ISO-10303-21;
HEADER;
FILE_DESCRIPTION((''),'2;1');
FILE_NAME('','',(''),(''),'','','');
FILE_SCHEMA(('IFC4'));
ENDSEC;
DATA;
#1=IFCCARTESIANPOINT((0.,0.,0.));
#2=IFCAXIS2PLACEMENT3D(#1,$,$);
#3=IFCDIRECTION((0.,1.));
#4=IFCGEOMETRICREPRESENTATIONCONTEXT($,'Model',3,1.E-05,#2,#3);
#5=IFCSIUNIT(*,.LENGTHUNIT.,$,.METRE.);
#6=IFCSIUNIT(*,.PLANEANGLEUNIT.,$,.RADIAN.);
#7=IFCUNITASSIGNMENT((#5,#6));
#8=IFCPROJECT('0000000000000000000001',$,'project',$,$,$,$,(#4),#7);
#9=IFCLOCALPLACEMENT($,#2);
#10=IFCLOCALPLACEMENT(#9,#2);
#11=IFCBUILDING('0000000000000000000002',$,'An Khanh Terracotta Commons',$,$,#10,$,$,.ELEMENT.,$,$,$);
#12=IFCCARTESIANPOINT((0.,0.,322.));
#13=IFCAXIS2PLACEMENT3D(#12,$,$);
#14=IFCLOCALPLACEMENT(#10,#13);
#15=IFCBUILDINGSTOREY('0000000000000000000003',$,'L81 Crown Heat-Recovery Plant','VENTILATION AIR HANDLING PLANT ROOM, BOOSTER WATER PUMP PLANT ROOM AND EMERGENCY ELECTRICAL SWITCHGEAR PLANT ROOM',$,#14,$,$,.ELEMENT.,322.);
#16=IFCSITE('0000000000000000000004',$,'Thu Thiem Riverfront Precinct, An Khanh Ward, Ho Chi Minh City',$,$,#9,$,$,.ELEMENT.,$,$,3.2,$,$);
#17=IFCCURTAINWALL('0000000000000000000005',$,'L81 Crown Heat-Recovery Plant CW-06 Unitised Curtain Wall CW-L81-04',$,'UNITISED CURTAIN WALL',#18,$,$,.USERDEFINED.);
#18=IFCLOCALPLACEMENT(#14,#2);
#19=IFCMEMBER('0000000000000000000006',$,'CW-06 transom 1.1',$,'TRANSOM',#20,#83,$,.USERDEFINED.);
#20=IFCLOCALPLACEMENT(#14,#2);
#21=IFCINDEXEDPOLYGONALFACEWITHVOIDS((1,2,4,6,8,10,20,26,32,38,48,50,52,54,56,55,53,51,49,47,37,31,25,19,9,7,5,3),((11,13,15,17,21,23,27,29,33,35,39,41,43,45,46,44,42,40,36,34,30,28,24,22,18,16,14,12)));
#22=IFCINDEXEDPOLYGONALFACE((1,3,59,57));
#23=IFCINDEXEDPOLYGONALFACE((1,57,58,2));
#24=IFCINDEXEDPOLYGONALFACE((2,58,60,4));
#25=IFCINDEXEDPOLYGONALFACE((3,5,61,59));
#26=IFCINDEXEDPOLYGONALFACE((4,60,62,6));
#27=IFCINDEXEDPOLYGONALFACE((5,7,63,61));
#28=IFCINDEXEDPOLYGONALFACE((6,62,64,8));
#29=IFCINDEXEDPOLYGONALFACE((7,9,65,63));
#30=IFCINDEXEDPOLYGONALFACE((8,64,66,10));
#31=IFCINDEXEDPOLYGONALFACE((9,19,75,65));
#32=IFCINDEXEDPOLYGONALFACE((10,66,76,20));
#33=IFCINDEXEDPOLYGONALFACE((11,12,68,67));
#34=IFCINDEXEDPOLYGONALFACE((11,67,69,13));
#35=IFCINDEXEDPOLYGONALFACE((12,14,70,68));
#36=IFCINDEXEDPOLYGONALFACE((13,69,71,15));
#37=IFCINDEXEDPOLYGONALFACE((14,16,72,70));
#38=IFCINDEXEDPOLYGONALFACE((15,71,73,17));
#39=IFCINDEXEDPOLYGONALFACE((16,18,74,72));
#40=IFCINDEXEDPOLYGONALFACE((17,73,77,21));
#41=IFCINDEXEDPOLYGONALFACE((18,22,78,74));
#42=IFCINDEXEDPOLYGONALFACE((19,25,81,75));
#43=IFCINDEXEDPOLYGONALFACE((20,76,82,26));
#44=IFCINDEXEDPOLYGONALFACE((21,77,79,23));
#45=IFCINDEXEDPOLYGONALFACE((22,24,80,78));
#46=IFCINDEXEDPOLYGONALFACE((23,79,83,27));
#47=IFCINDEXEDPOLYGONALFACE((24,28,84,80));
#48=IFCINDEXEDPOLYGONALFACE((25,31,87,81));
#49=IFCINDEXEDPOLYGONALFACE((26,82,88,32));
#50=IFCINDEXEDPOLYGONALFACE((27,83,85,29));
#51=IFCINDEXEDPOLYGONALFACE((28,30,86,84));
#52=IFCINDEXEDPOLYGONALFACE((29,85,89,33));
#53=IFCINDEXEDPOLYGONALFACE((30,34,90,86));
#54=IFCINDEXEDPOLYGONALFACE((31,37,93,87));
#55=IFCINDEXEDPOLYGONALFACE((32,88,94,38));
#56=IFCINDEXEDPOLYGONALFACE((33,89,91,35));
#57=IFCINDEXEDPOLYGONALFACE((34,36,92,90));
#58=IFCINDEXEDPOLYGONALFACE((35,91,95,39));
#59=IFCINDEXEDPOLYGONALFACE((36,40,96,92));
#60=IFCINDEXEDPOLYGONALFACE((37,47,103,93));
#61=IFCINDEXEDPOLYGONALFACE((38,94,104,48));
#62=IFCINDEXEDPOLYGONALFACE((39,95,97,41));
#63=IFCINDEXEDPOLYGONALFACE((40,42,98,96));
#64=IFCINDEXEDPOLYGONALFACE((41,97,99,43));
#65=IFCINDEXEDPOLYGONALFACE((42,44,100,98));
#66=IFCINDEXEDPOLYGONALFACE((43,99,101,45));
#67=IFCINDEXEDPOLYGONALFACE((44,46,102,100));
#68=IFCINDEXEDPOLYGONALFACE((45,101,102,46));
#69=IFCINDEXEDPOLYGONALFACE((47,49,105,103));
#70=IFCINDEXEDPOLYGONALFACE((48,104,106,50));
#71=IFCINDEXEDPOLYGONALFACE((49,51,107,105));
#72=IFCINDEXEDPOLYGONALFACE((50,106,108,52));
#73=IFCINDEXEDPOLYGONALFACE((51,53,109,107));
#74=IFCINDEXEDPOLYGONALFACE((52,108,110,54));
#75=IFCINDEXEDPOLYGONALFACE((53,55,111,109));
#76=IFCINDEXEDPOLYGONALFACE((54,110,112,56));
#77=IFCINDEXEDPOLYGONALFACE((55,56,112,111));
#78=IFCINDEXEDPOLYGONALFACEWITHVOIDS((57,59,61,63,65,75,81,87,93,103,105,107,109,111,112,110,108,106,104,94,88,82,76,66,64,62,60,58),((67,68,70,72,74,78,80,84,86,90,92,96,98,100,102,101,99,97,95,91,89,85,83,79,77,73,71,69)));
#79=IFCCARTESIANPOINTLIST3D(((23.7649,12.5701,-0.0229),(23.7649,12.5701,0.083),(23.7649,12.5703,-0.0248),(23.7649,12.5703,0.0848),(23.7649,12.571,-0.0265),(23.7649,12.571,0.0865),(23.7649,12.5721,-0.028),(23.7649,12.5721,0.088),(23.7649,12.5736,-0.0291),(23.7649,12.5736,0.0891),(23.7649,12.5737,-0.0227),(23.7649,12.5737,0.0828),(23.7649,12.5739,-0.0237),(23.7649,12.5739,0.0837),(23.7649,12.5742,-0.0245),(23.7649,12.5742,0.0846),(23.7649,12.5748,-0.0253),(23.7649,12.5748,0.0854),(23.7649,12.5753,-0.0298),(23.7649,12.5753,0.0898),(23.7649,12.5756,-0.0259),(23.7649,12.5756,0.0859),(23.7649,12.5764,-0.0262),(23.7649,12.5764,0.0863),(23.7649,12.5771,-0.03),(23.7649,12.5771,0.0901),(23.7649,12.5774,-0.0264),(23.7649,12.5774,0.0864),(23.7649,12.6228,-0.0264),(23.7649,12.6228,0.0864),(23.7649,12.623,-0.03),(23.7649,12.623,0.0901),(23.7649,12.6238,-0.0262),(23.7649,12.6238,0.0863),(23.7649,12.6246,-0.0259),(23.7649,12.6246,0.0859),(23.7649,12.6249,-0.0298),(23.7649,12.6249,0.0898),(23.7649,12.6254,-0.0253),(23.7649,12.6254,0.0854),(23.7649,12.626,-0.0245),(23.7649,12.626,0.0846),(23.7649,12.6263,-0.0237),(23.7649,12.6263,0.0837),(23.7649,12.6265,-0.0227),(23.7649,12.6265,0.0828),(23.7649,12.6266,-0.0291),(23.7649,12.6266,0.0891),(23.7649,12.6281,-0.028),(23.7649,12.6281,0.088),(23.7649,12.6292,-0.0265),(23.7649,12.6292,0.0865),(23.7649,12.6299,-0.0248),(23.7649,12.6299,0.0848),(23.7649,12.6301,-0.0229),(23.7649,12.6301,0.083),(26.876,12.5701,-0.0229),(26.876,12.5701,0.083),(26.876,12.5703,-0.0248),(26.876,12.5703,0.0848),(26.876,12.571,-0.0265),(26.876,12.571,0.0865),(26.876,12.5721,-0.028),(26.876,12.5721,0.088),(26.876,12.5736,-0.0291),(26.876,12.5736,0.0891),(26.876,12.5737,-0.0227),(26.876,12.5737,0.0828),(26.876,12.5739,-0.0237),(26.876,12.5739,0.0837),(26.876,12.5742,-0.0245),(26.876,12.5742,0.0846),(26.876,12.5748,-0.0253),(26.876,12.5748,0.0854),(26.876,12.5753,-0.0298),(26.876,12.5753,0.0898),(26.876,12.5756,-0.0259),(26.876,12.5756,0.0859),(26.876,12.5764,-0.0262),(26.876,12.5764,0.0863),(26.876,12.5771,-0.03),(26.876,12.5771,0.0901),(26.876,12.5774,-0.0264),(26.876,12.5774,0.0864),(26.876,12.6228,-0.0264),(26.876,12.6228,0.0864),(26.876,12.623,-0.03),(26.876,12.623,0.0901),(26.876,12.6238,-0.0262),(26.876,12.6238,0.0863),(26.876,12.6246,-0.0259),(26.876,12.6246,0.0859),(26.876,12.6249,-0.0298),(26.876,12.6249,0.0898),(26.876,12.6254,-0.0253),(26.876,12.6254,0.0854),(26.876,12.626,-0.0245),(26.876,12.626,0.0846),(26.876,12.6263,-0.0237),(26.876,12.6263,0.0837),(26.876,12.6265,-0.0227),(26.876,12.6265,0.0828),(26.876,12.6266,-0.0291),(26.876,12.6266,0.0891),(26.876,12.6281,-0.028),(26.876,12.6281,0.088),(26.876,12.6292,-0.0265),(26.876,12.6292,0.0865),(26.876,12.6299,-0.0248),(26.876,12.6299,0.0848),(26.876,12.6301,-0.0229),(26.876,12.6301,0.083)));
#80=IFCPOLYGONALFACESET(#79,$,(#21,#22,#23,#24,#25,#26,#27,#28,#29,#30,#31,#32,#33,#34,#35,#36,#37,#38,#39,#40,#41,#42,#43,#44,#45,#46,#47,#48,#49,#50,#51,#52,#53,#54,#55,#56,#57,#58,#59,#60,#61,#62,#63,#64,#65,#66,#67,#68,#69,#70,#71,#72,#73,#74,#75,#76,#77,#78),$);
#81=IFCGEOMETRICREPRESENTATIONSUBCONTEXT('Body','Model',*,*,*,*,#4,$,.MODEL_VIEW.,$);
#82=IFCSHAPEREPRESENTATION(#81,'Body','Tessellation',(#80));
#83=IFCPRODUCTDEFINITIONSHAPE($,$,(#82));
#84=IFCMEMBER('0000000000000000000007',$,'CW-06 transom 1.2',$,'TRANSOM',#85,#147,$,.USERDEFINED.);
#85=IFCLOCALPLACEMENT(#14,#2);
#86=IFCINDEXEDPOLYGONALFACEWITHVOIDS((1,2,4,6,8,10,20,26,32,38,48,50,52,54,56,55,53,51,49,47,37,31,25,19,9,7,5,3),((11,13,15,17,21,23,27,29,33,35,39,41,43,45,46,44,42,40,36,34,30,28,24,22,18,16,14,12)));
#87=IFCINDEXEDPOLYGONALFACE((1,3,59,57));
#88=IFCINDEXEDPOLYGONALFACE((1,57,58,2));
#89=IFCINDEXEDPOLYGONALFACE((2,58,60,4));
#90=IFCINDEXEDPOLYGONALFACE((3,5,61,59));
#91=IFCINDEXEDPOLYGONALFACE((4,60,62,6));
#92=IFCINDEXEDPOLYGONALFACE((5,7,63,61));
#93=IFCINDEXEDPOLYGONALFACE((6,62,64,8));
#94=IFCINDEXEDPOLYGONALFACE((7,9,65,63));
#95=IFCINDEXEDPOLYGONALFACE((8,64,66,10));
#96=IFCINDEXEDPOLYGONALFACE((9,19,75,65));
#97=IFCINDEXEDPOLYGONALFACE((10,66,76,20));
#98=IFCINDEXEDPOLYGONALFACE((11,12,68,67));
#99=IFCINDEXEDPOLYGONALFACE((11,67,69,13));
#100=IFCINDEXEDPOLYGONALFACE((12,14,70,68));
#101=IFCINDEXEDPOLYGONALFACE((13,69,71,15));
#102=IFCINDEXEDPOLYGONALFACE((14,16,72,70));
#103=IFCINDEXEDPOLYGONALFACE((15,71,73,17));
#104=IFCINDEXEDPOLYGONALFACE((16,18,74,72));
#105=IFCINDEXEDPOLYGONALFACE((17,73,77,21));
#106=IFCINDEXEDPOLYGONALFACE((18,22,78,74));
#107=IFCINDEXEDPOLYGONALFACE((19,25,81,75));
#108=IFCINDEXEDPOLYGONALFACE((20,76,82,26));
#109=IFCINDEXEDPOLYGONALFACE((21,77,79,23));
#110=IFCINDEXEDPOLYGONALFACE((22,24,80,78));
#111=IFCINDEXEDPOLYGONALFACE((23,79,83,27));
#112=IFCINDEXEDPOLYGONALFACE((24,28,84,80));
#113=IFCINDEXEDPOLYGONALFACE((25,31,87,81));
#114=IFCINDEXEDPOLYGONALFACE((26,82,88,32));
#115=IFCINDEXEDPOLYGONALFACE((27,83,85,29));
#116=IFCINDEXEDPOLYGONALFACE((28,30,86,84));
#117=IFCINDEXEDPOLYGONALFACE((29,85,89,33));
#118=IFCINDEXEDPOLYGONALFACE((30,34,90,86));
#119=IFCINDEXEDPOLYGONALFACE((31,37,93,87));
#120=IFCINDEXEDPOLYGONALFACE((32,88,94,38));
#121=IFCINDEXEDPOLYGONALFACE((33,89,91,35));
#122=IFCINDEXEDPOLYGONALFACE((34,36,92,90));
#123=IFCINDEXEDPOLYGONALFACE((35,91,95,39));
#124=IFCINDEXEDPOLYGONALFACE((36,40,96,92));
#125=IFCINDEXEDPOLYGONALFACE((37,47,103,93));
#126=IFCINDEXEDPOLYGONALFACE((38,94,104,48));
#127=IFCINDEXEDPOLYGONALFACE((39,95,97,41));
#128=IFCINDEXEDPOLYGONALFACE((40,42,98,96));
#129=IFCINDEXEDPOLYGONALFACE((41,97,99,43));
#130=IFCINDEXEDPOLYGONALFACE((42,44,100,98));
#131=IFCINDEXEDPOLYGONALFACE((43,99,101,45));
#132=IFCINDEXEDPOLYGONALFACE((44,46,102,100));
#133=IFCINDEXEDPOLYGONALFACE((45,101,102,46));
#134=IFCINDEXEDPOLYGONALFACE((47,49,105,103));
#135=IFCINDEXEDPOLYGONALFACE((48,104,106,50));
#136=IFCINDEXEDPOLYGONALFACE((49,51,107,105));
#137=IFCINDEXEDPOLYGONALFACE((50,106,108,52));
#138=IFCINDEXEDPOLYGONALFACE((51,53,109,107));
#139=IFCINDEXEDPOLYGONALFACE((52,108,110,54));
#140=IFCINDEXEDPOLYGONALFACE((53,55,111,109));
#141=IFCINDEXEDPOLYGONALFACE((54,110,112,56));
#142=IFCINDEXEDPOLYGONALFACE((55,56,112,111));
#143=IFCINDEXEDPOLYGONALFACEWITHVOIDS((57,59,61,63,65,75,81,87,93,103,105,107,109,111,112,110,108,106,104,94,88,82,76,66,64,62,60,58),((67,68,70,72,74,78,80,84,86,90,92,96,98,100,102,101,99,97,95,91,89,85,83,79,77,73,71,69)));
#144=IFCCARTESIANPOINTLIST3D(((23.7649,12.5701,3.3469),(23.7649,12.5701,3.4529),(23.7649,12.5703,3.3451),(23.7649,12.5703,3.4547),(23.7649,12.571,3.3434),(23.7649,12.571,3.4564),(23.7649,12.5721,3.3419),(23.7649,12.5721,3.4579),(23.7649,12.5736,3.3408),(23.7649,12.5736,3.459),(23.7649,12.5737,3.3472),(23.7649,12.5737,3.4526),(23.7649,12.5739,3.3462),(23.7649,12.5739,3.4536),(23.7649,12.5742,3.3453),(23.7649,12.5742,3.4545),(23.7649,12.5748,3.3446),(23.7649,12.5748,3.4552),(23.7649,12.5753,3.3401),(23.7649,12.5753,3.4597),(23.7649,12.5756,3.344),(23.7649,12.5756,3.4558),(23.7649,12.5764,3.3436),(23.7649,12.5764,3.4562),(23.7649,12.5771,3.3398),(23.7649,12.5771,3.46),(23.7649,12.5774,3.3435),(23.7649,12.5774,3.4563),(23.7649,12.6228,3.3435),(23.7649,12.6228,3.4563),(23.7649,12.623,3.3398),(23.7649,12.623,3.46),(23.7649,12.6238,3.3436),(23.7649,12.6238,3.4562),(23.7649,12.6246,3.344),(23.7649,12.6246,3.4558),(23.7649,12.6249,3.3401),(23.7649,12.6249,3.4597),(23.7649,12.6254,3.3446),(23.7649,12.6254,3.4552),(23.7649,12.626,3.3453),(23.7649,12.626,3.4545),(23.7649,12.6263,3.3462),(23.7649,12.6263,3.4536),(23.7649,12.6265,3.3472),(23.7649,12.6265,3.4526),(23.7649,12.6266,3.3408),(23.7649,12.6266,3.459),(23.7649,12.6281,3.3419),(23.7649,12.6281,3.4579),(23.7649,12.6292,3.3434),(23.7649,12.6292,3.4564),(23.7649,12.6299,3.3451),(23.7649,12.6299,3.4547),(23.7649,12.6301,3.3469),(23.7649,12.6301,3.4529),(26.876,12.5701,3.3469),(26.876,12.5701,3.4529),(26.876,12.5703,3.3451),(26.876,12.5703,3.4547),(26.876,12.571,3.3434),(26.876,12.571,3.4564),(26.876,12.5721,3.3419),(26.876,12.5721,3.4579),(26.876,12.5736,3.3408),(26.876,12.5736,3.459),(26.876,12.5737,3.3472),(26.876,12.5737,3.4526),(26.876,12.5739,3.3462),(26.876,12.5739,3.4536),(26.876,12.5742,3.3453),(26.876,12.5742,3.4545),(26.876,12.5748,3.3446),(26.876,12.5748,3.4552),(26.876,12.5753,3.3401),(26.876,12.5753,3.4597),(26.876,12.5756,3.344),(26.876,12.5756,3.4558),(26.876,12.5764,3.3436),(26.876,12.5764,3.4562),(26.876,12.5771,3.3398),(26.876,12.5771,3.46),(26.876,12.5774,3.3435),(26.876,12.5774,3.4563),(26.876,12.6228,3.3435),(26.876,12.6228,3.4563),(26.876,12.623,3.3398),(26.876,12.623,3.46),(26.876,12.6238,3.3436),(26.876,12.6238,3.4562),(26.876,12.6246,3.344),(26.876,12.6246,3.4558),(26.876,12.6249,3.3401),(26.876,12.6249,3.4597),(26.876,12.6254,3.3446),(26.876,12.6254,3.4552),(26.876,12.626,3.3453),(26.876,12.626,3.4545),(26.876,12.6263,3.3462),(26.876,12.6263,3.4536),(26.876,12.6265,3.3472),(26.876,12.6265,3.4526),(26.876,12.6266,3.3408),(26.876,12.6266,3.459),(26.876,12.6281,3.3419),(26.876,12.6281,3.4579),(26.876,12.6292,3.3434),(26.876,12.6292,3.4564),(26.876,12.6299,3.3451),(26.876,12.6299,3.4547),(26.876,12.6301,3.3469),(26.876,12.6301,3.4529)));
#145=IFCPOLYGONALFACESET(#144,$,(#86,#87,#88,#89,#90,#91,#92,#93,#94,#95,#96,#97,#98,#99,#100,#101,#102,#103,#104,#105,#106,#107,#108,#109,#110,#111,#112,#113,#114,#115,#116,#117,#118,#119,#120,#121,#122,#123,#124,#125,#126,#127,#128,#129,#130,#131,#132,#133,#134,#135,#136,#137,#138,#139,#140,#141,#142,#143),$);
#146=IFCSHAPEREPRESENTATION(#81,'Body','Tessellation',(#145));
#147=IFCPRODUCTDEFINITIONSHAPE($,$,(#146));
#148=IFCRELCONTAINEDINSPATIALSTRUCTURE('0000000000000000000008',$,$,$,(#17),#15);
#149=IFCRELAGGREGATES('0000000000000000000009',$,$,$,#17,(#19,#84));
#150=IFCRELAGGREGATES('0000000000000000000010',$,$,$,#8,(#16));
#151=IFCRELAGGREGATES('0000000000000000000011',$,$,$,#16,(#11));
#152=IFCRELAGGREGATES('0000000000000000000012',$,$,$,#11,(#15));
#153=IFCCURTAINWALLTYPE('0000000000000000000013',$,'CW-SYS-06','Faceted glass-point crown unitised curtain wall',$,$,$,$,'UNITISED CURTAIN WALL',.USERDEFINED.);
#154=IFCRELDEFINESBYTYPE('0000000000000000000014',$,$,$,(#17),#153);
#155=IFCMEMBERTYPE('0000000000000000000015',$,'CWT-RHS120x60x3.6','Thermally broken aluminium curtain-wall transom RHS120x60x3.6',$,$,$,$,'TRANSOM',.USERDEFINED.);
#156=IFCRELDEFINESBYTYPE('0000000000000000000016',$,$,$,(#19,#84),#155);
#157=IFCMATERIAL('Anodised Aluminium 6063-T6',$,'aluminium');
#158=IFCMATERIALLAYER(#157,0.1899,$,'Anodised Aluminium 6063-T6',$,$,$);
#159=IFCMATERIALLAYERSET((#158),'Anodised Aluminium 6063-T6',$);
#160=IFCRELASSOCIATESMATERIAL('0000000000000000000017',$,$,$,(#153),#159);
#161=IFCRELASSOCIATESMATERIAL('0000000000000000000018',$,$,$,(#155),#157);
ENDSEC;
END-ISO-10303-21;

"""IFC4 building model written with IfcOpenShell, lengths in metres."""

from ifc_helpers import new_model, si_unit, direction, frame, origin, origin_2d, place, context, subcontext, project, spatial, hollow_rectangle, extrude, material, layer, layer_set, material_profile, profile_set, type_object, element, aggregate, save


model = new_model("IFC4")

# Units and contexts
model_context = context("Model", 3, precision=1e-05, world=origin(), true_north=direction((0.0, 1.0)))
body_context = subcontext(model_context, "Body", "Model", "MODEL_VIEW")
ifc_project = project(units=[si_unit("LENGTHUNIT", "METRE"), si_unit("PLANEANGLEUNIT", "RADIAN")], contexts=[model_context])

# Site, building, storey
site_placement = place(None, origin())
site = spatial("IfcSite", under=ifc_project, at=site_placement, Name="Thu Thiem Riverfront Precinct, An Khanh Ward, Ho Chi Minh City", CompositionType="ELEMENT", RefElevation=3.2)
building_placement = place(site_placement, origin())
building = spatial("IfcBuilding", under=site, at=building_placement, Name="An Khanh Terracotta Commons", CompositionType="ELEMENT")
storey_placement = place(building_placement, frame((0.0, 0.0, 322.0)))
storey = spatial("IfcBuildingStorey", under=building, at=storey_placement, Name="L81 Crown Heat-Recovery Plant", Description="VENTILATION AIR HANDLING PLANT ROOM, BOOSTER WATER PUMP PLANT ROOM AND EMERGENCY ELECTRICAL SWITCHGEAR PLANT ROOM", CompositionType="ELEMENT", Elevation=322.0)

# Curtain wall
ifc_material_1 = material(Name="Anodised Aluminium 6063-T6", Category="aluminium")
ifc_layer_1 = layer(ifc_material_1, 0.1899, Name="Anodised Aluminium 6063-T6")
ifc_layer_set_1 = layer_set([ifc_layer_1], Name="Anodised Aluminium 6063-T6")
curtain_wall_type = type_object("IfcCurtainWallType", Name="CW-SYS-06", Description="Faceted glass-point crown unitised curtain wall", ElementType="UNITISED CURTAIN WALL", PredefinedType="USERDEFINED", material=ifc_layer_set_1)
curtain_wall_1_placement = place(storey_placement, origin())
curtain_wall_1 = element("IfcCurtainWall", 1, at=curtain_wall_1_placement, inside=storey, type_object=curtain_wall_type, Name="L81 Crown Heat-Recovery Plant CW-06 Unitised Curtain Wall CW-L81-04", ObjectType="UNITISED CURTAIN WALL", PredefinedType="USERDEFINED")

# Members
ifc_material_profile_1 = material_profile(ifc_material_1, hollow_rectangle(XDim=0.0601, YDim=0.1201, WallThickness=0.0037, InnerFilletRadius=0.0037, OuterFilletRadius=0.0071, at=origin_2d()), Name="RHS120x60x3.6")
ifc_profile_set_1 = profile_set([ifc_material_profile_1], Name="Anodised Aluminium 6063-T6")
member_type_1 = type_object("IfcMemberType", Name="CWT-RHS120x60x3.6", Description="Thermally broken aluminium curtain-wall transom RHS120x60x3.6", ElementType="TRANSOM", PredefinedType="USERDEFINED", material=ifc_profile_set_1)
member_1_placement = place(storey_placement, frame((23.7649, 12.6001, 0.03), z_axis=(1.0, 0.0, 0.0), x_axis=(0.0, 1.0, 0.0)))
member_1 = element("IfcMember", 2, at=member_1_placement, type_object=member_type_1, Name="CW-06 transom 1.1", ObjectType="TRANSOM", PredefinedType="USERDEFINED", context=body_context, shape_type="SweptSolid", body=[
    extrude(hollow_rectangle(XDim=0.0601, YDim=0.1201, WallThickness=0.0037, InnerFilletRadius=0.0037, OuterFilletRadius=0.0071, at=origin_2d()), origin(), (0.0, 0.0, 1.0), 3.1111),
])
member_2_placement = place(storey_placement, frame((23.7649, 12.6001, 3.3999), z_axis=(1.0, 0.0, 0.0), x_axis=(0.0, 1.0, 0.0)))
member_2 = element("IfcMember", 3, at=member_2_placement, type_object=member_type_1, Name="CW-06 transom 1.2", ObjectType="TRANSOM", PredefinedType="USERDEFINED", context=body_context, shape_type="SweptSolid", body=[
    extrude(hollow_rectangle(XDim=0.0601, YDim=0.1201, WallThickness=0.0037, InnerFilletRadius=0.0037, OuterFilletRadius=0.0071, at=origin_2d()), origin(), (0.0, 0.0, 1.0), 3.1111),
])

aggregate(curtain_wall_1, [member_1, member_2])

save(model, "model.ifc")
